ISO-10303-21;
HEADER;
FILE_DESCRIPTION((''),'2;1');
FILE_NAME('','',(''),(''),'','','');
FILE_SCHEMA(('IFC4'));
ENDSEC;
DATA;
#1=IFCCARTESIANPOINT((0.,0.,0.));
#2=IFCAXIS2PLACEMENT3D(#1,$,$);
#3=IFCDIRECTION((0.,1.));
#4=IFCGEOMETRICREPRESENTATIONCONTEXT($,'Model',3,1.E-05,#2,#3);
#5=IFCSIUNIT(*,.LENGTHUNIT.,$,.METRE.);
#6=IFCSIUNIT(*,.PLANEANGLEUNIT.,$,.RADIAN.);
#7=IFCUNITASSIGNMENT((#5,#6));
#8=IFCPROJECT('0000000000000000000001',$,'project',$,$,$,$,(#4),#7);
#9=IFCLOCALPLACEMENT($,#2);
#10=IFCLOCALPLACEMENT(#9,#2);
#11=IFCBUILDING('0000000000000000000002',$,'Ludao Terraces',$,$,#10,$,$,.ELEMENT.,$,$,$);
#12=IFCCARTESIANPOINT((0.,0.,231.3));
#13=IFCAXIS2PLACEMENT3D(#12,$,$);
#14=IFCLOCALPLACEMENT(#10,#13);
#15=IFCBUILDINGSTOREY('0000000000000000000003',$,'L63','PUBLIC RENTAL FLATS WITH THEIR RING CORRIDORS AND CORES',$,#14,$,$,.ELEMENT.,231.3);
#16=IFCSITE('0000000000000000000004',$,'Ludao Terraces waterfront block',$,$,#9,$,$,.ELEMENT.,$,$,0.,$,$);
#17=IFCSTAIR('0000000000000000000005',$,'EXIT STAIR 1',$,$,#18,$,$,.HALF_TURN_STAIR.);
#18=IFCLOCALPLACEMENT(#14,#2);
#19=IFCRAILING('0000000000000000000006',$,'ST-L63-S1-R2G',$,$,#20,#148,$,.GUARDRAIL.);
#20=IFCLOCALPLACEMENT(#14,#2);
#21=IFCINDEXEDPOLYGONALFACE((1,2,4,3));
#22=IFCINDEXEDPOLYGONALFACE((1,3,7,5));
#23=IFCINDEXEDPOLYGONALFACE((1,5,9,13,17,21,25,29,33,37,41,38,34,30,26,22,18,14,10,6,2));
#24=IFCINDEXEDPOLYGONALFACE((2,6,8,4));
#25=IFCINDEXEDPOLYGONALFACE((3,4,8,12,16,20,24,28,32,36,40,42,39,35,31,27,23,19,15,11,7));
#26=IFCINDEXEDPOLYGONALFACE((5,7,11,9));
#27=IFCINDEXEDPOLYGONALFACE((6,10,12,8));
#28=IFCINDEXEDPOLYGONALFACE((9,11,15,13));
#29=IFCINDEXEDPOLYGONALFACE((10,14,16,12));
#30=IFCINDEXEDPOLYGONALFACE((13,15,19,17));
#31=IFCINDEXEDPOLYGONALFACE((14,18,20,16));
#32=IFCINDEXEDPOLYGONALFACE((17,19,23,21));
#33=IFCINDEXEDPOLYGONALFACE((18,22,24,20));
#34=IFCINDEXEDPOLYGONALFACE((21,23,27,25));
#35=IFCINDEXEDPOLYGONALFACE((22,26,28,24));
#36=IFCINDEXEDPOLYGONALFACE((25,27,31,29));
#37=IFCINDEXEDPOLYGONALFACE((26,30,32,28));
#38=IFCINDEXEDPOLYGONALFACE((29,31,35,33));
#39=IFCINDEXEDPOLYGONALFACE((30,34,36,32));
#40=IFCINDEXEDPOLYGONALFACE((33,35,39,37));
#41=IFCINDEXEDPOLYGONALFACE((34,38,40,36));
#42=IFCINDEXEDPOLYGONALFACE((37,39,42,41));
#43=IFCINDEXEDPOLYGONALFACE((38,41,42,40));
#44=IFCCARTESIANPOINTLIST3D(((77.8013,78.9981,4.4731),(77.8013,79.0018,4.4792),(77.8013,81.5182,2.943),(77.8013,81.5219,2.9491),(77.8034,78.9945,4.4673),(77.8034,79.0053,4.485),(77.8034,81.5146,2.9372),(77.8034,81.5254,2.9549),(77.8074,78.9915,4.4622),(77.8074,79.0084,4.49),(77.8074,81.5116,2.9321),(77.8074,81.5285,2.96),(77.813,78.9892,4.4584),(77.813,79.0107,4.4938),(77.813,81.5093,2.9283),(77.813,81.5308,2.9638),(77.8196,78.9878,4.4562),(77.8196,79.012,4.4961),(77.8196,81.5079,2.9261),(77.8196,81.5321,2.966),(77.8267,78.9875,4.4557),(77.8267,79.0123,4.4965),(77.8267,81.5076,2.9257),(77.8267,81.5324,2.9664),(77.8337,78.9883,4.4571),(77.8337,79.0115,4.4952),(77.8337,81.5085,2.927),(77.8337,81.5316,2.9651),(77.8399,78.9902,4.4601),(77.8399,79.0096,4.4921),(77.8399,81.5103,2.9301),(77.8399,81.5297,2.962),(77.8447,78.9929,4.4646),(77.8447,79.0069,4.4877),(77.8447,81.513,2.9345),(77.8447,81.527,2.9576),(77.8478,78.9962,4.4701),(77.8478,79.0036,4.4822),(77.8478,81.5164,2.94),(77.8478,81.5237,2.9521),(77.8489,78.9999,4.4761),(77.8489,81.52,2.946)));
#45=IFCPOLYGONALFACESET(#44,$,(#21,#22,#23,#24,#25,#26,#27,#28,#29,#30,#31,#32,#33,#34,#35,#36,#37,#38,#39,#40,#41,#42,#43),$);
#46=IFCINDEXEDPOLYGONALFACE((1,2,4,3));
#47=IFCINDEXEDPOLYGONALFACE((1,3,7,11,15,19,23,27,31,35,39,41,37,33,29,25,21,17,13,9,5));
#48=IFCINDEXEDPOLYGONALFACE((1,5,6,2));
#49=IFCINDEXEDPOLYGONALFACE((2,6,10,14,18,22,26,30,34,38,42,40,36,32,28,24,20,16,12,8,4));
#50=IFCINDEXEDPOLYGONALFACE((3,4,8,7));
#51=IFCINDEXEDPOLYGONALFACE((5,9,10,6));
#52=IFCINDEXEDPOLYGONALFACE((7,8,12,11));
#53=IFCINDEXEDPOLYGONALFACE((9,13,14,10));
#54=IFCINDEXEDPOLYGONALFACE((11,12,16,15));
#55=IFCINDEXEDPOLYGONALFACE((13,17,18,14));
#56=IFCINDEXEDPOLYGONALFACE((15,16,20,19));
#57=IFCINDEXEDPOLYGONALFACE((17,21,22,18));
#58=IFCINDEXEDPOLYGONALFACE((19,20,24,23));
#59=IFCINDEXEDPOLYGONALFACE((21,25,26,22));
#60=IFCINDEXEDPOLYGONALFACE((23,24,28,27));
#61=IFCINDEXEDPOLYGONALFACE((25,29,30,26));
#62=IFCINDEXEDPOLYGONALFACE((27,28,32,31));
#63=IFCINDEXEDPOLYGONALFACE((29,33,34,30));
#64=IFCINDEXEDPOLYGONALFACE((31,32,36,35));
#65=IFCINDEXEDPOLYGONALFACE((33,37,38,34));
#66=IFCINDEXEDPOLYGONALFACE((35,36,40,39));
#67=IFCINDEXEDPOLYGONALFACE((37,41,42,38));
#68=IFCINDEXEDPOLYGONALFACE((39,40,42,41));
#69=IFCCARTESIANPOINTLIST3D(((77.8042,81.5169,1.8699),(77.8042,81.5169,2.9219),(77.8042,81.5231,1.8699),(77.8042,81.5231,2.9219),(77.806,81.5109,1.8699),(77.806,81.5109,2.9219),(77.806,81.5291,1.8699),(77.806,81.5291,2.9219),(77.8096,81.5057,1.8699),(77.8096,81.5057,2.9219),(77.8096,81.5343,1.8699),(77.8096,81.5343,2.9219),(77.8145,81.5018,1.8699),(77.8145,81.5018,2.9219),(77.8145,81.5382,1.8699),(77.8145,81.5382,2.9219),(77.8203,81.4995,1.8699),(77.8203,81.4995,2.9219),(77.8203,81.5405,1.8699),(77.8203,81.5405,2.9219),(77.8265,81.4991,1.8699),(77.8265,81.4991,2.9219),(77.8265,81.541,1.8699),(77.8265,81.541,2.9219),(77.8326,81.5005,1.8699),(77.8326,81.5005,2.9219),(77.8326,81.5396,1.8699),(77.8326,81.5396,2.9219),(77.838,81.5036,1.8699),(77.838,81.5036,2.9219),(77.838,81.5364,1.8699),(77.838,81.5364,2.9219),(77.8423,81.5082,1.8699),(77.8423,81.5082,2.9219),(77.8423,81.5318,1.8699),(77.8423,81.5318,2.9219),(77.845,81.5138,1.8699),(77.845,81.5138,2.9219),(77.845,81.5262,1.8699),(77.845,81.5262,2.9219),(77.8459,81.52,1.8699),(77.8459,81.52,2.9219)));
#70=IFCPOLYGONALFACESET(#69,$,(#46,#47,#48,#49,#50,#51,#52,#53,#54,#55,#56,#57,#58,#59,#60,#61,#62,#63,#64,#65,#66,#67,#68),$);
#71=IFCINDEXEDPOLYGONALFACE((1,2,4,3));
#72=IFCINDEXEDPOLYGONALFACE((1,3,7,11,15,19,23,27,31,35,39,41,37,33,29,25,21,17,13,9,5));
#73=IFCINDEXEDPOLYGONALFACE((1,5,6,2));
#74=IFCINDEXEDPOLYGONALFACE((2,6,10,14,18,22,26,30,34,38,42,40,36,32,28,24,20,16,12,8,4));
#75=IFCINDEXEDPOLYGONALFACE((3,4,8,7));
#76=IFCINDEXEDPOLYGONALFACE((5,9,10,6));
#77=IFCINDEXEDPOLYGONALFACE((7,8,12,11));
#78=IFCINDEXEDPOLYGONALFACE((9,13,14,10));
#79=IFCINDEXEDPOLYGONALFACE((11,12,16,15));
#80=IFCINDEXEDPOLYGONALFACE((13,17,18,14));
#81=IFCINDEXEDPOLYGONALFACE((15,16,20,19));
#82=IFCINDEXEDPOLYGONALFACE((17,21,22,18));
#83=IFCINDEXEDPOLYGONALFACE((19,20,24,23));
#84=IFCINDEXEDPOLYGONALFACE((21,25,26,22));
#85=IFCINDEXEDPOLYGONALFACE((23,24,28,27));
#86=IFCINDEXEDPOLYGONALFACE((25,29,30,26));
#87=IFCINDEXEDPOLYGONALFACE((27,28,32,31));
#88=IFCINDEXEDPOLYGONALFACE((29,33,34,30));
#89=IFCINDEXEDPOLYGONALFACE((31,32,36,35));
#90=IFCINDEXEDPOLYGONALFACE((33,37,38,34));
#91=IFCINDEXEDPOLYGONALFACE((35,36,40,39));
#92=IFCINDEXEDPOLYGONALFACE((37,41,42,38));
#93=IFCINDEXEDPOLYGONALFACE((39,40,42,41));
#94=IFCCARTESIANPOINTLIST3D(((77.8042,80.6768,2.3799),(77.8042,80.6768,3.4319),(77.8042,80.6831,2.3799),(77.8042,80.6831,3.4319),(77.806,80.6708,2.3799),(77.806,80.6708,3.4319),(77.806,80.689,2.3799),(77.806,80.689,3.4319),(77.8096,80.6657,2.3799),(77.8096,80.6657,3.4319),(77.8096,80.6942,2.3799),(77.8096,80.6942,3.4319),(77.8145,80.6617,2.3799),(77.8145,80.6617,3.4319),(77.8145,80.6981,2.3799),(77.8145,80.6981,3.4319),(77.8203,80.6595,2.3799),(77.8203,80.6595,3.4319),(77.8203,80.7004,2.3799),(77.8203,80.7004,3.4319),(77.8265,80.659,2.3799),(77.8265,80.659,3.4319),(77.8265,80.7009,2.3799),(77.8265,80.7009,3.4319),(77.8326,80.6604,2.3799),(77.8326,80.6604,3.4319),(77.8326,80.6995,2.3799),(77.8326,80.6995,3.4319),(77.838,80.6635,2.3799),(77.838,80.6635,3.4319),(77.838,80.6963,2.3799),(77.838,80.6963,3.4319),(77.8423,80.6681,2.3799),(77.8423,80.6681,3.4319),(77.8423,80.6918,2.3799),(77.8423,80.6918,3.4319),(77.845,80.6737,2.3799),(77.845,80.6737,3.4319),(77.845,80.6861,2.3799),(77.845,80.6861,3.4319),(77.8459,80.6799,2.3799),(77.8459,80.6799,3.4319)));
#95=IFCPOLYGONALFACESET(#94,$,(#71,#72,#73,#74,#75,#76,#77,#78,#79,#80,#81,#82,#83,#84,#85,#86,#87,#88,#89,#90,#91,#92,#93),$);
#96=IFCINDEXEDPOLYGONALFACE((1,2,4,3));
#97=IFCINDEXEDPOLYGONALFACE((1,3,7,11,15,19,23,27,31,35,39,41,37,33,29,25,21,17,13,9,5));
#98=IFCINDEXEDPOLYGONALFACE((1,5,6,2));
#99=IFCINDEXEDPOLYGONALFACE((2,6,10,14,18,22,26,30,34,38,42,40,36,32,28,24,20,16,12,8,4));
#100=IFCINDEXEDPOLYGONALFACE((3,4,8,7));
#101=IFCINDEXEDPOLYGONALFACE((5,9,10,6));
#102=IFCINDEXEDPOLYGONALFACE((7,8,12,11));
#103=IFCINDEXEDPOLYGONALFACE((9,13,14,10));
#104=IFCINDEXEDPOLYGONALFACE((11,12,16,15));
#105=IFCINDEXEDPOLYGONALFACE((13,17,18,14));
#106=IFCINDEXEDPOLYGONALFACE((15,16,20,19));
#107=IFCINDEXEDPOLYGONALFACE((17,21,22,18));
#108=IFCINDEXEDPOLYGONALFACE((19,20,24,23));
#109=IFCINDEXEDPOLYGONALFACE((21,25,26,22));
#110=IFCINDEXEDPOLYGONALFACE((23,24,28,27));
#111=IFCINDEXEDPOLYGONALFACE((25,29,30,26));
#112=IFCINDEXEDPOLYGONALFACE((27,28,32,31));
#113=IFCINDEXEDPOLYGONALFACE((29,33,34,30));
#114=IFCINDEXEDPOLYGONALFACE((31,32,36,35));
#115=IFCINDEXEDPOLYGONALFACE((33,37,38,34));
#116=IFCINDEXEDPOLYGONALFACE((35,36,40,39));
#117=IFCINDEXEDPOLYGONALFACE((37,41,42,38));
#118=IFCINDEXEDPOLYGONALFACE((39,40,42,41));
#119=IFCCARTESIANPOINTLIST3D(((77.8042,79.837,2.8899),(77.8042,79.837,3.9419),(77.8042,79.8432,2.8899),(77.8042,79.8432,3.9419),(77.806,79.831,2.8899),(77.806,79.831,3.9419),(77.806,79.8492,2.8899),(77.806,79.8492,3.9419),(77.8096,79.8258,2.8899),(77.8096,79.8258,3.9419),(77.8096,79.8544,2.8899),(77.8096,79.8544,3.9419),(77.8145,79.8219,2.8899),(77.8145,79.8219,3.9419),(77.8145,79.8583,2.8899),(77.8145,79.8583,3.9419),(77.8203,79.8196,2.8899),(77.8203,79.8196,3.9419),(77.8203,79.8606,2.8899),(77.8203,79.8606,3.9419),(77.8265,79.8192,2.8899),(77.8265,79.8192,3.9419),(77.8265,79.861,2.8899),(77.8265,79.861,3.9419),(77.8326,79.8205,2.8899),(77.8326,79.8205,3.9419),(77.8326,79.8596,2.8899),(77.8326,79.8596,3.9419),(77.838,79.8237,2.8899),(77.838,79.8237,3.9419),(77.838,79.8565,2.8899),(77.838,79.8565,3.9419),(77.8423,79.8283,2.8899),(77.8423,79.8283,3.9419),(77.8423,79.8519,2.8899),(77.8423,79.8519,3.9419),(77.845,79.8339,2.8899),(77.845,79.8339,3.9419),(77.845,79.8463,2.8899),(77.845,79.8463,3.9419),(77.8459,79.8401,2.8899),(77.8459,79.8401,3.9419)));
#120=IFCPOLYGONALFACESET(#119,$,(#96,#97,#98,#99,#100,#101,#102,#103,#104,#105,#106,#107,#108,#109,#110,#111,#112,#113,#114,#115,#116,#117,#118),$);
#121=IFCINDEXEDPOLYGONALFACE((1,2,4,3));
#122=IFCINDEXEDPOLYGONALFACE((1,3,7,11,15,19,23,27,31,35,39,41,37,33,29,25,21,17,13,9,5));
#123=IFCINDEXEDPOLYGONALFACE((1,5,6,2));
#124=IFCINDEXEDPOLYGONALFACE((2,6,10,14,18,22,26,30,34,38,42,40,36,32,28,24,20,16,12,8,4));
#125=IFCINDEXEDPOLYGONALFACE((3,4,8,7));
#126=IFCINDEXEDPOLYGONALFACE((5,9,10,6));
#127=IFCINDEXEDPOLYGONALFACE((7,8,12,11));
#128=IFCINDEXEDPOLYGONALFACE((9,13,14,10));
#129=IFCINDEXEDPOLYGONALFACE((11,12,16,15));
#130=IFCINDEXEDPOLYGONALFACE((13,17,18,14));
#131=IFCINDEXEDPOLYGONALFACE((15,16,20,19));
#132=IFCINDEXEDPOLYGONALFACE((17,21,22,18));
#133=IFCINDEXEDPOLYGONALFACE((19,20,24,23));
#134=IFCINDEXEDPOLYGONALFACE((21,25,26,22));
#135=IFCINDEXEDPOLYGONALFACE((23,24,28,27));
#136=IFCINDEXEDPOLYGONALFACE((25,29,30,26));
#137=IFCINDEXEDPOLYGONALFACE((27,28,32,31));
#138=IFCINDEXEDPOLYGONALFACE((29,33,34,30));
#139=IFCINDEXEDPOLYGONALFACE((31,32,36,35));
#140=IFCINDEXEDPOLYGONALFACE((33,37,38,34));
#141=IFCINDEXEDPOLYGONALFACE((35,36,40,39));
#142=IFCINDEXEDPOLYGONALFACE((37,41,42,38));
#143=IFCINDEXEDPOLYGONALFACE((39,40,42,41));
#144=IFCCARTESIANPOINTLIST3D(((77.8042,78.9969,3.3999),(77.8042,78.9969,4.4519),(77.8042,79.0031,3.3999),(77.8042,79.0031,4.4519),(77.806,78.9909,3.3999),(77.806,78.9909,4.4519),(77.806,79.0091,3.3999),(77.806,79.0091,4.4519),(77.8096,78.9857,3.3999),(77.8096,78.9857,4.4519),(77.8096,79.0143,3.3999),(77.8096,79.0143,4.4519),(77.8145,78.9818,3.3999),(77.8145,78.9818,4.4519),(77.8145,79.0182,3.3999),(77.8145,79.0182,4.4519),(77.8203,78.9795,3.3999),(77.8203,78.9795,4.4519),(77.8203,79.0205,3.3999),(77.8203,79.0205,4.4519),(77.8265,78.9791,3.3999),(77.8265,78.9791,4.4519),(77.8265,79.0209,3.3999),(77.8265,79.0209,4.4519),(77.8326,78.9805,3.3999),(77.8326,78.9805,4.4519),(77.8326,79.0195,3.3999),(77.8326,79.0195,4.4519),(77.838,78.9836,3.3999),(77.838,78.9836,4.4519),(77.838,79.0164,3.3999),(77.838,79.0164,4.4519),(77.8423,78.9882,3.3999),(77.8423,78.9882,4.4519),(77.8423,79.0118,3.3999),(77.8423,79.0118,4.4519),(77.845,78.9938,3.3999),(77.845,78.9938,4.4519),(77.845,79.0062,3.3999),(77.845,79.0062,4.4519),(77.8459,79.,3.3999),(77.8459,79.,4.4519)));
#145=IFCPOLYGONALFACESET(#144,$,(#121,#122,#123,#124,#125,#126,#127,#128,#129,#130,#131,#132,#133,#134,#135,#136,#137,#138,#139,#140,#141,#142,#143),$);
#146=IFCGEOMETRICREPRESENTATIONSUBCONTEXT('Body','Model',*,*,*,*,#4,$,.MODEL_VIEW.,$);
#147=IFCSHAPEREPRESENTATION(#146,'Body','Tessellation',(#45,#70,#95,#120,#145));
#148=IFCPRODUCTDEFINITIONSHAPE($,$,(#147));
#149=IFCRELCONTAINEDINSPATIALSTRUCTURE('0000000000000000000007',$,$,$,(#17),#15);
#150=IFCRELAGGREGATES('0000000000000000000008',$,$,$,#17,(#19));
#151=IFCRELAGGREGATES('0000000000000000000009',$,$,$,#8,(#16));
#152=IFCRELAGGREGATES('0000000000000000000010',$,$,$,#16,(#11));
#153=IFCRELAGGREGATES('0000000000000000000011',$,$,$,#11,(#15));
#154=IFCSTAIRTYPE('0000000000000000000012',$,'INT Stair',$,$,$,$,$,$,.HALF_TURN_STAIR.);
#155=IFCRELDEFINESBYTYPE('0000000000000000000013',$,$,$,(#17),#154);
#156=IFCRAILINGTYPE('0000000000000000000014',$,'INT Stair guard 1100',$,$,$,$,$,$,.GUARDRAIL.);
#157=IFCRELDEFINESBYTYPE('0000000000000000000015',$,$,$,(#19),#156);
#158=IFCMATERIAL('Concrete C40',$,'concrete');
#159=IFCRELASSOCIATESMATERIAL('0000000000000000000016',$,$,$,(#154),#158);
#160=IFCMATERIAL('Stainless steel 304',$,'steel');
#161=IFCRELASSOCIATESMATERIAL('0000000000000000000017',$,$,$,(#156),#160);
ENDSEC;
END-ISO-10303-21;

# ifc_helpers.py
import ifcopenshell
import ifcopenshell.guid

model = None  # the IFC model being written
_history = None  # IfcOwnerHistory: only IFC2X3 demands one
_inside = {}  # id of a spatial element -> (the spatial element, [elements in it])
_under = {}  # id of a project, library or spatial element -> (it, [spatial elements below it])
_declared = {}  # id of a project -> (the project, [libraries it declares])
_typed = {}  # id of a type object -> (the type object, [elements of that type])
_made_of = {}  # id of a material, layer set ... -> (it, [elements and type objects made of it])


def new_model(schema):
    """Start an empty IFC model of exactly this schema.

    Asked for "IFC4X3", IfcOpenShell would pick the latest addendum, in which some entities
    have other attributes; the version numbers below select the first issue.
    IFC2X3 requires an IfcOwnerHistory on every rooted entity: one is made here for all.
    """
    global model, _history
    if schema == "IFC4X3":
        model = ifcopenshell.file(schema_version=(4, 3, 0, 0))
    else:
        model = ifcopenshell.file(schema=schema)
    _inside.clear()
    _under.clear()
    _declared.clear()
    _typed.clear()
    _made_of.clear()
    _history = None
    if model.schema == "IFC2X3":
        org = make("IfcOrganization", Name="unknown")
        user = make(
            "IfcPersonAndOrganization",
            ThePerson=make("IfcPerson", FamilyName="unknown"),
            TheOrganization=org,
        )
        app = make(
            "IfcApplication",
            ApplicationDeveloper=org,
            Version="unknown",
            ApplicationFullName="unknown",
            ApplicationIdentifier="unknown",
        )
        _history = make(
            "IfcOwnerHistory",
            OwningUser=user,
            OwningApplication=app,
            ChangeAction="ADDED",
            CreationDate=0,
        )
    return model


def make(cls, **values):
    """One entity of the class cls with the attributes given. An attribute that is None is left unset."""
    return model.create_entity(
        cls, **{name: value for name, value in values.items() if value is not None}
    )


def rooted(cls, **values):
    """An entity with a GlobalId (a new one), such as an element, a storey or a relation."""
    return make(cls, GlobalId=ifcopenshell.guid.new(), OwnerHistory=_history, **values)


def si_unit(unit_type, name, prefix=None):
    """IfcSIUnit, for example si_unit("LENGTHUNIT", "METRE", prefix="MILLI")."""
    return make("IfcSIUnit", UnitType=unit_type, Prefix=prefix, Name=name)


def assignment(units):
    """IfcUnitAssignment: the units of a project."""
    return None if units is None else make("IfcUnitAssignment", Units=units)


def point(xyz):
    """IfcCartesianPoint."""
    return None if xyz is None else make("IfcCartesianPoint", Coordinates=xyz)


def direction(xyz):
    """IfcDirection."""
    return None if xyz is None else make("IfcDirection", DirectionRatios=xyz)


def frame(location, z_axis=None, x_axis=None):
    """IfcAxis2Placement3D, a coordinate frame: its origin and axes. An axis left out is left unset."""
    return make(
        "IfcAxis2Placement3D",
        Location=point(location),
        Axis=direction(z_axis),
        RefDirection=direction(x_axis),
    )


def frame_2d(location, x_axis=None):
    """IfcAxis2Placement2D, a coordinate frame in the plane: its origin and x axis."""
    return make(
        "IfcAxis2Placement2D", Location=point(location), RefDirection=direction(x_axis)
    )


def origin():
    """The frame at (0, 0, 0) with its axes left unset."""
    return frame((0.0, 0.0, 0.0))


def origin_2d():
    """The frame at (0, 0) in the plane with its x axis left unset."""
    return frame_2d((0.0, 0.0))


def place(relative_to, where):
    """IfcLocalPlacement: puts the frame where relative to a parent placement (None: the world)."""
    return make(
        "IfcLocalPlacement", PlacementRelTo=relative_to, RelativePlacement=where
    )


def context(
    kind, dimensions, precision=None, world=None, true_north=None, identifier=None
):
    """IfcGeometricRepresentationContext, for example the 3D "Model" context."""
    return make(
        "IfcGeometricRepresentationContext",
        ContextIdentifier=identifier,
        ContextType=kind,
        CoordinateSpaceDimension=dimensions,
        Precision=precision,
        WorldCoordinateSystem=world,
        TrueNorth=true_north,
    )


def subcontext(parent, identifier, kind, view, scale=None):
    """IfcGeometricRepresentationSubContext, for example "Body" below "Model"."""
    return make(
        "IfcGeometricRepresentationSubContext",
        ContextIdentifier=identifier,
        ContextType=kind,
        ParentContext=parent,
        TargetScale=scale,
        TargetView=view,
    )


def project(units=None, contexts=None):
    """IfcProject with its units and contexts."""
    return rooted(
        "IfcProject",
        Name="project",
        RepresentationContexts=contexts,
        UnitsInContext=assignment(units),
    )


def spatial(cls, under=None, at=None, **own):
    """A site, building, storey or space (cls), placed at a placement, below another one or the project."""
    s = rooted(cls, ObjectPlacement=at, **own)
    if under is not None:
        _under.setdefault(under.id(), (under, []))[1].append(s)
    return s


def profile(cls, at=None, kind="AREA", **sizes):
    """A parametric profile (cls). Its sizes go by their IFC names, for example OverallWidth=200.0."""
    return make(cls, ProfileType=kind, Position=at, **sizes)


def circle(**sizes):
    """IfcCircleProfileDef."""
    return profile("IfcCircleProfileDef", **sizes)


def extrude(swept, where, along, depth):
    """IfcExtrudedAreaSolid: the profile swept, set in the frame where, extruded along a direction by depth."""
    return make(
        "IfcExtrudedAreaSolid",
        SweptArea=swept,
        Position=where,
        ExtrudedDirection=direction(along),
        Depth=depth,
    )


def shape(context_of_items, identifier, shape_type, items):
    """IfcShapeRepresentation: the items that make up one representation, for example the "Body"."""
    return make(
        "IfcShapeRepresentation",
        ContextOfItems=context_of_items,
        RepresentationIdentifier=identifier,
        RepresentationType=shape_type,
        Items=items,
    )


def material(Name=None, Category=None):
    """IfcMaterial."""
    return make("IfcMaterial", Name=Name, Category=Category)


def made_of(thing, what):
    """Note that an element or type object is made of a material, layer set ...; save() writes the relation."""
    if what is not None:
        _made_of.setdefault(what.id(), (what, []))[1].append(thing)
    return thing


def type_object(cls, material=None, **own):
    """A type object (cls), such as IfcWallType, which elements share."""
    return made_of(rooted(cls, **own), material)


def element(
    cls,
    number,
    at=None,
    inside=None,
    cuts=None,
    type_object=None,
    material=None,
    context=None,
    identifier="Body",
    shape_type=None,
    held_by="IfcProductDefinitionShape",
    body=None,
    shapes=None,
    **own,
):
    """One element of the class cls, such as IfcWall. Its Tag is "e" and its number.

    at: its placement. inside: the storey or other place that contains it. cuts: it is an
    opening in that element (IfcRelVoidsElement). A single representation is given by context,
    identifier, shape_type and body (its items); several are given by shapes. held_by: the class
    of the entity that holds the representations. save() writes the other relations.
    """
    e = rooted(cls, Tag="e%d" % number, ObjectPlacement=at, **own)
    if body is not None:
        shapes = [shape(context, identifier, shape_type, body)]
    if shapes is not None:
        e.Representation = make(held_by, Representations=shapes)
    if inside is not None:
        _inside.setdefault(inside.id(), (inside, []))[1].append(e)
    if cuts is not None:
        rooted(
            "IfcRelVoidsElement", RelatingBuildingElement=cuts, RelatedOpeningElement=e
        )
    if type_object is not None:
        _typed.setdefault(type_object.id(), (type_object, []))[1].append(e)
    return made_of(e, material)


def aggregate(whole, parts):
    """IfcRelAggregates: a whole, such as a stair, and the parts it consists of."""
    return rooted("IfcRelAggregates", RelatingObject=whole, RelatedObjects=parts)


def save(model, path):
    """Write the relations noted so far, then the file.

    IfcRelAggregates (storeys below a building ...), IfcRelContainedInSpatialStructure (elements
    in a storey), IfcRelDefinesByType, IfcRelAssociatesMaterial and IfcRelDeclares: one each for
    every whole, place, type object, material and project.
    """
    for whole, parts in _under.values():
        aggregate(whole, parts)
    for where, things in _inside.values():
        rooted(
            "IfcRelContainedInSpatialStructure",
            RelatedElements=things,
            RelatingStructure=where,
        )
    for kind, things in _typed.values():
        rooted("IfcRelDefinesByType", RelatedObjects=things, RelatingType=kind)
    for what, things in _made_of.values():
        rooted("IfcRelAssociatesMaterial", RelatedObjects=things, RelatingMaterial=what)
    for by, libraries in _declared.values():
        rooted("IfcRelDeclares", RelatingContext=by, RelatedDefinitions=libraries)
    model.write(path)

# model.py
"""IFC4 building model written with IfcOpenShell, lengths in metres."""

from ifc_helpers import new_model, si_unit, direction, frame, origin, origin_2d, place, context, subcontext, project, spatial, circle, extrude, material, type_object, element, aggregate, save


model = new_model("IFC4")

# Units and contexts
model_context = context("Model", 3, precision=1e-05, world=origin(), true_north=direction((0.0, 1.0)))
body_context = subcontext(model_context, "Body", "Model", "MODEL_VIEW")
ifc_project = project(units=[si_unit("LENGTHUNIT", "METRE"), si_unit("PLANEANGLEUNIT", "RADIAN")], contexts=[model_context])

# Site, building, storey
site_placement = place(None, origin())
site = spatial("IfcSite", under=ifc_project, at=site_placement, Name="Ludao Terraces waterfront block", CompositionType="ELEMENT", RefElevation=0.0)
building_placement = place(site_placement, origin())
building = spatial("IfcBuilding", under=site, at=building_placement, Name="Ludao Terraces", CompositionType="ELEMENT")
storey_placement = place(building_placement, frame((0.0, 0.0, 231.3)))
storey = spatial("IfcBuildingStorey", under=building, at=storey_placement, Name="L63", Description="PUBLIC RENTAL FLATS WITH THEIR RING CORRIDORS AND CORES", CompositionType="ELEMENT", Elevation=231.3)

# Shared definitions
ifc_material_1 = material(Name="Concrete C40", Category="concrete")

# Stair, railing
stair_type = type_object("IfcStairType", Name="INT Stair", PredefinedType="HALF_TURN_STAIR", material=ifc_material_1)
stair_placement = place(storey_placement, origin())
stair = element("IfcStair", 1, at=stair_placement, inside=storey, type_object=stair_type, Name="EXIT STAIR 1", PredefinedType="HALF_TURN_STAIR")
ifc_material_2 = material(Name="Stainless steel 304", Category="steel")
railing_type_1 = type_object("IfcRailingType", Name="INT Stair guard 1100", PredefinedType="GUARDRAIL", material=ifc_material_2)
railing_1_placement = place(storey_placement, frame((77.825, 81.52, 1.8699)))
railing_1 = element("IfcRailing", 2, at=railing_1_placement, type_object=railing_type_1, Name="ST-L63-S1-R2G", PredefinedType="GUARDRAIL", context=body_context, shape_type="SweptSolid", body=[
    extrude(circle(Radius=0.0239, at=origin_2d()), frame((0.0, 0.0, 1.0762), z_axis=(0.0, -0.854785, 0.518982), x_axis=(1.0, 0.0, 0.0)), (0.0, 0.0, 1.0), 2.9482),
    extrude(circle(Radius=0.021, at=origin_2d()), origin(), (0.0, 0.0, 1.0), 1.052),
    extrude(circle(Radius=0.021, at=origin_2d()), frame((0.0, -0.8401, 0.51)), (0.0, 0.0, 1.0), 1.052),
    extrude(circle(Radius=0.021, at=origin_2d()), frame((0.0, -1.6799, 1.02)), (0.0, 0.0, 1.0), 1.052),
    extrude(circle(Radius=0.021, at=origin_2d()), frame((0.0, -2.52, 1.53)), (0.0, 0.0, 1.0), 1.052),
])
aggregate(stair, [railing_1])

save(model, "model.ifc")
